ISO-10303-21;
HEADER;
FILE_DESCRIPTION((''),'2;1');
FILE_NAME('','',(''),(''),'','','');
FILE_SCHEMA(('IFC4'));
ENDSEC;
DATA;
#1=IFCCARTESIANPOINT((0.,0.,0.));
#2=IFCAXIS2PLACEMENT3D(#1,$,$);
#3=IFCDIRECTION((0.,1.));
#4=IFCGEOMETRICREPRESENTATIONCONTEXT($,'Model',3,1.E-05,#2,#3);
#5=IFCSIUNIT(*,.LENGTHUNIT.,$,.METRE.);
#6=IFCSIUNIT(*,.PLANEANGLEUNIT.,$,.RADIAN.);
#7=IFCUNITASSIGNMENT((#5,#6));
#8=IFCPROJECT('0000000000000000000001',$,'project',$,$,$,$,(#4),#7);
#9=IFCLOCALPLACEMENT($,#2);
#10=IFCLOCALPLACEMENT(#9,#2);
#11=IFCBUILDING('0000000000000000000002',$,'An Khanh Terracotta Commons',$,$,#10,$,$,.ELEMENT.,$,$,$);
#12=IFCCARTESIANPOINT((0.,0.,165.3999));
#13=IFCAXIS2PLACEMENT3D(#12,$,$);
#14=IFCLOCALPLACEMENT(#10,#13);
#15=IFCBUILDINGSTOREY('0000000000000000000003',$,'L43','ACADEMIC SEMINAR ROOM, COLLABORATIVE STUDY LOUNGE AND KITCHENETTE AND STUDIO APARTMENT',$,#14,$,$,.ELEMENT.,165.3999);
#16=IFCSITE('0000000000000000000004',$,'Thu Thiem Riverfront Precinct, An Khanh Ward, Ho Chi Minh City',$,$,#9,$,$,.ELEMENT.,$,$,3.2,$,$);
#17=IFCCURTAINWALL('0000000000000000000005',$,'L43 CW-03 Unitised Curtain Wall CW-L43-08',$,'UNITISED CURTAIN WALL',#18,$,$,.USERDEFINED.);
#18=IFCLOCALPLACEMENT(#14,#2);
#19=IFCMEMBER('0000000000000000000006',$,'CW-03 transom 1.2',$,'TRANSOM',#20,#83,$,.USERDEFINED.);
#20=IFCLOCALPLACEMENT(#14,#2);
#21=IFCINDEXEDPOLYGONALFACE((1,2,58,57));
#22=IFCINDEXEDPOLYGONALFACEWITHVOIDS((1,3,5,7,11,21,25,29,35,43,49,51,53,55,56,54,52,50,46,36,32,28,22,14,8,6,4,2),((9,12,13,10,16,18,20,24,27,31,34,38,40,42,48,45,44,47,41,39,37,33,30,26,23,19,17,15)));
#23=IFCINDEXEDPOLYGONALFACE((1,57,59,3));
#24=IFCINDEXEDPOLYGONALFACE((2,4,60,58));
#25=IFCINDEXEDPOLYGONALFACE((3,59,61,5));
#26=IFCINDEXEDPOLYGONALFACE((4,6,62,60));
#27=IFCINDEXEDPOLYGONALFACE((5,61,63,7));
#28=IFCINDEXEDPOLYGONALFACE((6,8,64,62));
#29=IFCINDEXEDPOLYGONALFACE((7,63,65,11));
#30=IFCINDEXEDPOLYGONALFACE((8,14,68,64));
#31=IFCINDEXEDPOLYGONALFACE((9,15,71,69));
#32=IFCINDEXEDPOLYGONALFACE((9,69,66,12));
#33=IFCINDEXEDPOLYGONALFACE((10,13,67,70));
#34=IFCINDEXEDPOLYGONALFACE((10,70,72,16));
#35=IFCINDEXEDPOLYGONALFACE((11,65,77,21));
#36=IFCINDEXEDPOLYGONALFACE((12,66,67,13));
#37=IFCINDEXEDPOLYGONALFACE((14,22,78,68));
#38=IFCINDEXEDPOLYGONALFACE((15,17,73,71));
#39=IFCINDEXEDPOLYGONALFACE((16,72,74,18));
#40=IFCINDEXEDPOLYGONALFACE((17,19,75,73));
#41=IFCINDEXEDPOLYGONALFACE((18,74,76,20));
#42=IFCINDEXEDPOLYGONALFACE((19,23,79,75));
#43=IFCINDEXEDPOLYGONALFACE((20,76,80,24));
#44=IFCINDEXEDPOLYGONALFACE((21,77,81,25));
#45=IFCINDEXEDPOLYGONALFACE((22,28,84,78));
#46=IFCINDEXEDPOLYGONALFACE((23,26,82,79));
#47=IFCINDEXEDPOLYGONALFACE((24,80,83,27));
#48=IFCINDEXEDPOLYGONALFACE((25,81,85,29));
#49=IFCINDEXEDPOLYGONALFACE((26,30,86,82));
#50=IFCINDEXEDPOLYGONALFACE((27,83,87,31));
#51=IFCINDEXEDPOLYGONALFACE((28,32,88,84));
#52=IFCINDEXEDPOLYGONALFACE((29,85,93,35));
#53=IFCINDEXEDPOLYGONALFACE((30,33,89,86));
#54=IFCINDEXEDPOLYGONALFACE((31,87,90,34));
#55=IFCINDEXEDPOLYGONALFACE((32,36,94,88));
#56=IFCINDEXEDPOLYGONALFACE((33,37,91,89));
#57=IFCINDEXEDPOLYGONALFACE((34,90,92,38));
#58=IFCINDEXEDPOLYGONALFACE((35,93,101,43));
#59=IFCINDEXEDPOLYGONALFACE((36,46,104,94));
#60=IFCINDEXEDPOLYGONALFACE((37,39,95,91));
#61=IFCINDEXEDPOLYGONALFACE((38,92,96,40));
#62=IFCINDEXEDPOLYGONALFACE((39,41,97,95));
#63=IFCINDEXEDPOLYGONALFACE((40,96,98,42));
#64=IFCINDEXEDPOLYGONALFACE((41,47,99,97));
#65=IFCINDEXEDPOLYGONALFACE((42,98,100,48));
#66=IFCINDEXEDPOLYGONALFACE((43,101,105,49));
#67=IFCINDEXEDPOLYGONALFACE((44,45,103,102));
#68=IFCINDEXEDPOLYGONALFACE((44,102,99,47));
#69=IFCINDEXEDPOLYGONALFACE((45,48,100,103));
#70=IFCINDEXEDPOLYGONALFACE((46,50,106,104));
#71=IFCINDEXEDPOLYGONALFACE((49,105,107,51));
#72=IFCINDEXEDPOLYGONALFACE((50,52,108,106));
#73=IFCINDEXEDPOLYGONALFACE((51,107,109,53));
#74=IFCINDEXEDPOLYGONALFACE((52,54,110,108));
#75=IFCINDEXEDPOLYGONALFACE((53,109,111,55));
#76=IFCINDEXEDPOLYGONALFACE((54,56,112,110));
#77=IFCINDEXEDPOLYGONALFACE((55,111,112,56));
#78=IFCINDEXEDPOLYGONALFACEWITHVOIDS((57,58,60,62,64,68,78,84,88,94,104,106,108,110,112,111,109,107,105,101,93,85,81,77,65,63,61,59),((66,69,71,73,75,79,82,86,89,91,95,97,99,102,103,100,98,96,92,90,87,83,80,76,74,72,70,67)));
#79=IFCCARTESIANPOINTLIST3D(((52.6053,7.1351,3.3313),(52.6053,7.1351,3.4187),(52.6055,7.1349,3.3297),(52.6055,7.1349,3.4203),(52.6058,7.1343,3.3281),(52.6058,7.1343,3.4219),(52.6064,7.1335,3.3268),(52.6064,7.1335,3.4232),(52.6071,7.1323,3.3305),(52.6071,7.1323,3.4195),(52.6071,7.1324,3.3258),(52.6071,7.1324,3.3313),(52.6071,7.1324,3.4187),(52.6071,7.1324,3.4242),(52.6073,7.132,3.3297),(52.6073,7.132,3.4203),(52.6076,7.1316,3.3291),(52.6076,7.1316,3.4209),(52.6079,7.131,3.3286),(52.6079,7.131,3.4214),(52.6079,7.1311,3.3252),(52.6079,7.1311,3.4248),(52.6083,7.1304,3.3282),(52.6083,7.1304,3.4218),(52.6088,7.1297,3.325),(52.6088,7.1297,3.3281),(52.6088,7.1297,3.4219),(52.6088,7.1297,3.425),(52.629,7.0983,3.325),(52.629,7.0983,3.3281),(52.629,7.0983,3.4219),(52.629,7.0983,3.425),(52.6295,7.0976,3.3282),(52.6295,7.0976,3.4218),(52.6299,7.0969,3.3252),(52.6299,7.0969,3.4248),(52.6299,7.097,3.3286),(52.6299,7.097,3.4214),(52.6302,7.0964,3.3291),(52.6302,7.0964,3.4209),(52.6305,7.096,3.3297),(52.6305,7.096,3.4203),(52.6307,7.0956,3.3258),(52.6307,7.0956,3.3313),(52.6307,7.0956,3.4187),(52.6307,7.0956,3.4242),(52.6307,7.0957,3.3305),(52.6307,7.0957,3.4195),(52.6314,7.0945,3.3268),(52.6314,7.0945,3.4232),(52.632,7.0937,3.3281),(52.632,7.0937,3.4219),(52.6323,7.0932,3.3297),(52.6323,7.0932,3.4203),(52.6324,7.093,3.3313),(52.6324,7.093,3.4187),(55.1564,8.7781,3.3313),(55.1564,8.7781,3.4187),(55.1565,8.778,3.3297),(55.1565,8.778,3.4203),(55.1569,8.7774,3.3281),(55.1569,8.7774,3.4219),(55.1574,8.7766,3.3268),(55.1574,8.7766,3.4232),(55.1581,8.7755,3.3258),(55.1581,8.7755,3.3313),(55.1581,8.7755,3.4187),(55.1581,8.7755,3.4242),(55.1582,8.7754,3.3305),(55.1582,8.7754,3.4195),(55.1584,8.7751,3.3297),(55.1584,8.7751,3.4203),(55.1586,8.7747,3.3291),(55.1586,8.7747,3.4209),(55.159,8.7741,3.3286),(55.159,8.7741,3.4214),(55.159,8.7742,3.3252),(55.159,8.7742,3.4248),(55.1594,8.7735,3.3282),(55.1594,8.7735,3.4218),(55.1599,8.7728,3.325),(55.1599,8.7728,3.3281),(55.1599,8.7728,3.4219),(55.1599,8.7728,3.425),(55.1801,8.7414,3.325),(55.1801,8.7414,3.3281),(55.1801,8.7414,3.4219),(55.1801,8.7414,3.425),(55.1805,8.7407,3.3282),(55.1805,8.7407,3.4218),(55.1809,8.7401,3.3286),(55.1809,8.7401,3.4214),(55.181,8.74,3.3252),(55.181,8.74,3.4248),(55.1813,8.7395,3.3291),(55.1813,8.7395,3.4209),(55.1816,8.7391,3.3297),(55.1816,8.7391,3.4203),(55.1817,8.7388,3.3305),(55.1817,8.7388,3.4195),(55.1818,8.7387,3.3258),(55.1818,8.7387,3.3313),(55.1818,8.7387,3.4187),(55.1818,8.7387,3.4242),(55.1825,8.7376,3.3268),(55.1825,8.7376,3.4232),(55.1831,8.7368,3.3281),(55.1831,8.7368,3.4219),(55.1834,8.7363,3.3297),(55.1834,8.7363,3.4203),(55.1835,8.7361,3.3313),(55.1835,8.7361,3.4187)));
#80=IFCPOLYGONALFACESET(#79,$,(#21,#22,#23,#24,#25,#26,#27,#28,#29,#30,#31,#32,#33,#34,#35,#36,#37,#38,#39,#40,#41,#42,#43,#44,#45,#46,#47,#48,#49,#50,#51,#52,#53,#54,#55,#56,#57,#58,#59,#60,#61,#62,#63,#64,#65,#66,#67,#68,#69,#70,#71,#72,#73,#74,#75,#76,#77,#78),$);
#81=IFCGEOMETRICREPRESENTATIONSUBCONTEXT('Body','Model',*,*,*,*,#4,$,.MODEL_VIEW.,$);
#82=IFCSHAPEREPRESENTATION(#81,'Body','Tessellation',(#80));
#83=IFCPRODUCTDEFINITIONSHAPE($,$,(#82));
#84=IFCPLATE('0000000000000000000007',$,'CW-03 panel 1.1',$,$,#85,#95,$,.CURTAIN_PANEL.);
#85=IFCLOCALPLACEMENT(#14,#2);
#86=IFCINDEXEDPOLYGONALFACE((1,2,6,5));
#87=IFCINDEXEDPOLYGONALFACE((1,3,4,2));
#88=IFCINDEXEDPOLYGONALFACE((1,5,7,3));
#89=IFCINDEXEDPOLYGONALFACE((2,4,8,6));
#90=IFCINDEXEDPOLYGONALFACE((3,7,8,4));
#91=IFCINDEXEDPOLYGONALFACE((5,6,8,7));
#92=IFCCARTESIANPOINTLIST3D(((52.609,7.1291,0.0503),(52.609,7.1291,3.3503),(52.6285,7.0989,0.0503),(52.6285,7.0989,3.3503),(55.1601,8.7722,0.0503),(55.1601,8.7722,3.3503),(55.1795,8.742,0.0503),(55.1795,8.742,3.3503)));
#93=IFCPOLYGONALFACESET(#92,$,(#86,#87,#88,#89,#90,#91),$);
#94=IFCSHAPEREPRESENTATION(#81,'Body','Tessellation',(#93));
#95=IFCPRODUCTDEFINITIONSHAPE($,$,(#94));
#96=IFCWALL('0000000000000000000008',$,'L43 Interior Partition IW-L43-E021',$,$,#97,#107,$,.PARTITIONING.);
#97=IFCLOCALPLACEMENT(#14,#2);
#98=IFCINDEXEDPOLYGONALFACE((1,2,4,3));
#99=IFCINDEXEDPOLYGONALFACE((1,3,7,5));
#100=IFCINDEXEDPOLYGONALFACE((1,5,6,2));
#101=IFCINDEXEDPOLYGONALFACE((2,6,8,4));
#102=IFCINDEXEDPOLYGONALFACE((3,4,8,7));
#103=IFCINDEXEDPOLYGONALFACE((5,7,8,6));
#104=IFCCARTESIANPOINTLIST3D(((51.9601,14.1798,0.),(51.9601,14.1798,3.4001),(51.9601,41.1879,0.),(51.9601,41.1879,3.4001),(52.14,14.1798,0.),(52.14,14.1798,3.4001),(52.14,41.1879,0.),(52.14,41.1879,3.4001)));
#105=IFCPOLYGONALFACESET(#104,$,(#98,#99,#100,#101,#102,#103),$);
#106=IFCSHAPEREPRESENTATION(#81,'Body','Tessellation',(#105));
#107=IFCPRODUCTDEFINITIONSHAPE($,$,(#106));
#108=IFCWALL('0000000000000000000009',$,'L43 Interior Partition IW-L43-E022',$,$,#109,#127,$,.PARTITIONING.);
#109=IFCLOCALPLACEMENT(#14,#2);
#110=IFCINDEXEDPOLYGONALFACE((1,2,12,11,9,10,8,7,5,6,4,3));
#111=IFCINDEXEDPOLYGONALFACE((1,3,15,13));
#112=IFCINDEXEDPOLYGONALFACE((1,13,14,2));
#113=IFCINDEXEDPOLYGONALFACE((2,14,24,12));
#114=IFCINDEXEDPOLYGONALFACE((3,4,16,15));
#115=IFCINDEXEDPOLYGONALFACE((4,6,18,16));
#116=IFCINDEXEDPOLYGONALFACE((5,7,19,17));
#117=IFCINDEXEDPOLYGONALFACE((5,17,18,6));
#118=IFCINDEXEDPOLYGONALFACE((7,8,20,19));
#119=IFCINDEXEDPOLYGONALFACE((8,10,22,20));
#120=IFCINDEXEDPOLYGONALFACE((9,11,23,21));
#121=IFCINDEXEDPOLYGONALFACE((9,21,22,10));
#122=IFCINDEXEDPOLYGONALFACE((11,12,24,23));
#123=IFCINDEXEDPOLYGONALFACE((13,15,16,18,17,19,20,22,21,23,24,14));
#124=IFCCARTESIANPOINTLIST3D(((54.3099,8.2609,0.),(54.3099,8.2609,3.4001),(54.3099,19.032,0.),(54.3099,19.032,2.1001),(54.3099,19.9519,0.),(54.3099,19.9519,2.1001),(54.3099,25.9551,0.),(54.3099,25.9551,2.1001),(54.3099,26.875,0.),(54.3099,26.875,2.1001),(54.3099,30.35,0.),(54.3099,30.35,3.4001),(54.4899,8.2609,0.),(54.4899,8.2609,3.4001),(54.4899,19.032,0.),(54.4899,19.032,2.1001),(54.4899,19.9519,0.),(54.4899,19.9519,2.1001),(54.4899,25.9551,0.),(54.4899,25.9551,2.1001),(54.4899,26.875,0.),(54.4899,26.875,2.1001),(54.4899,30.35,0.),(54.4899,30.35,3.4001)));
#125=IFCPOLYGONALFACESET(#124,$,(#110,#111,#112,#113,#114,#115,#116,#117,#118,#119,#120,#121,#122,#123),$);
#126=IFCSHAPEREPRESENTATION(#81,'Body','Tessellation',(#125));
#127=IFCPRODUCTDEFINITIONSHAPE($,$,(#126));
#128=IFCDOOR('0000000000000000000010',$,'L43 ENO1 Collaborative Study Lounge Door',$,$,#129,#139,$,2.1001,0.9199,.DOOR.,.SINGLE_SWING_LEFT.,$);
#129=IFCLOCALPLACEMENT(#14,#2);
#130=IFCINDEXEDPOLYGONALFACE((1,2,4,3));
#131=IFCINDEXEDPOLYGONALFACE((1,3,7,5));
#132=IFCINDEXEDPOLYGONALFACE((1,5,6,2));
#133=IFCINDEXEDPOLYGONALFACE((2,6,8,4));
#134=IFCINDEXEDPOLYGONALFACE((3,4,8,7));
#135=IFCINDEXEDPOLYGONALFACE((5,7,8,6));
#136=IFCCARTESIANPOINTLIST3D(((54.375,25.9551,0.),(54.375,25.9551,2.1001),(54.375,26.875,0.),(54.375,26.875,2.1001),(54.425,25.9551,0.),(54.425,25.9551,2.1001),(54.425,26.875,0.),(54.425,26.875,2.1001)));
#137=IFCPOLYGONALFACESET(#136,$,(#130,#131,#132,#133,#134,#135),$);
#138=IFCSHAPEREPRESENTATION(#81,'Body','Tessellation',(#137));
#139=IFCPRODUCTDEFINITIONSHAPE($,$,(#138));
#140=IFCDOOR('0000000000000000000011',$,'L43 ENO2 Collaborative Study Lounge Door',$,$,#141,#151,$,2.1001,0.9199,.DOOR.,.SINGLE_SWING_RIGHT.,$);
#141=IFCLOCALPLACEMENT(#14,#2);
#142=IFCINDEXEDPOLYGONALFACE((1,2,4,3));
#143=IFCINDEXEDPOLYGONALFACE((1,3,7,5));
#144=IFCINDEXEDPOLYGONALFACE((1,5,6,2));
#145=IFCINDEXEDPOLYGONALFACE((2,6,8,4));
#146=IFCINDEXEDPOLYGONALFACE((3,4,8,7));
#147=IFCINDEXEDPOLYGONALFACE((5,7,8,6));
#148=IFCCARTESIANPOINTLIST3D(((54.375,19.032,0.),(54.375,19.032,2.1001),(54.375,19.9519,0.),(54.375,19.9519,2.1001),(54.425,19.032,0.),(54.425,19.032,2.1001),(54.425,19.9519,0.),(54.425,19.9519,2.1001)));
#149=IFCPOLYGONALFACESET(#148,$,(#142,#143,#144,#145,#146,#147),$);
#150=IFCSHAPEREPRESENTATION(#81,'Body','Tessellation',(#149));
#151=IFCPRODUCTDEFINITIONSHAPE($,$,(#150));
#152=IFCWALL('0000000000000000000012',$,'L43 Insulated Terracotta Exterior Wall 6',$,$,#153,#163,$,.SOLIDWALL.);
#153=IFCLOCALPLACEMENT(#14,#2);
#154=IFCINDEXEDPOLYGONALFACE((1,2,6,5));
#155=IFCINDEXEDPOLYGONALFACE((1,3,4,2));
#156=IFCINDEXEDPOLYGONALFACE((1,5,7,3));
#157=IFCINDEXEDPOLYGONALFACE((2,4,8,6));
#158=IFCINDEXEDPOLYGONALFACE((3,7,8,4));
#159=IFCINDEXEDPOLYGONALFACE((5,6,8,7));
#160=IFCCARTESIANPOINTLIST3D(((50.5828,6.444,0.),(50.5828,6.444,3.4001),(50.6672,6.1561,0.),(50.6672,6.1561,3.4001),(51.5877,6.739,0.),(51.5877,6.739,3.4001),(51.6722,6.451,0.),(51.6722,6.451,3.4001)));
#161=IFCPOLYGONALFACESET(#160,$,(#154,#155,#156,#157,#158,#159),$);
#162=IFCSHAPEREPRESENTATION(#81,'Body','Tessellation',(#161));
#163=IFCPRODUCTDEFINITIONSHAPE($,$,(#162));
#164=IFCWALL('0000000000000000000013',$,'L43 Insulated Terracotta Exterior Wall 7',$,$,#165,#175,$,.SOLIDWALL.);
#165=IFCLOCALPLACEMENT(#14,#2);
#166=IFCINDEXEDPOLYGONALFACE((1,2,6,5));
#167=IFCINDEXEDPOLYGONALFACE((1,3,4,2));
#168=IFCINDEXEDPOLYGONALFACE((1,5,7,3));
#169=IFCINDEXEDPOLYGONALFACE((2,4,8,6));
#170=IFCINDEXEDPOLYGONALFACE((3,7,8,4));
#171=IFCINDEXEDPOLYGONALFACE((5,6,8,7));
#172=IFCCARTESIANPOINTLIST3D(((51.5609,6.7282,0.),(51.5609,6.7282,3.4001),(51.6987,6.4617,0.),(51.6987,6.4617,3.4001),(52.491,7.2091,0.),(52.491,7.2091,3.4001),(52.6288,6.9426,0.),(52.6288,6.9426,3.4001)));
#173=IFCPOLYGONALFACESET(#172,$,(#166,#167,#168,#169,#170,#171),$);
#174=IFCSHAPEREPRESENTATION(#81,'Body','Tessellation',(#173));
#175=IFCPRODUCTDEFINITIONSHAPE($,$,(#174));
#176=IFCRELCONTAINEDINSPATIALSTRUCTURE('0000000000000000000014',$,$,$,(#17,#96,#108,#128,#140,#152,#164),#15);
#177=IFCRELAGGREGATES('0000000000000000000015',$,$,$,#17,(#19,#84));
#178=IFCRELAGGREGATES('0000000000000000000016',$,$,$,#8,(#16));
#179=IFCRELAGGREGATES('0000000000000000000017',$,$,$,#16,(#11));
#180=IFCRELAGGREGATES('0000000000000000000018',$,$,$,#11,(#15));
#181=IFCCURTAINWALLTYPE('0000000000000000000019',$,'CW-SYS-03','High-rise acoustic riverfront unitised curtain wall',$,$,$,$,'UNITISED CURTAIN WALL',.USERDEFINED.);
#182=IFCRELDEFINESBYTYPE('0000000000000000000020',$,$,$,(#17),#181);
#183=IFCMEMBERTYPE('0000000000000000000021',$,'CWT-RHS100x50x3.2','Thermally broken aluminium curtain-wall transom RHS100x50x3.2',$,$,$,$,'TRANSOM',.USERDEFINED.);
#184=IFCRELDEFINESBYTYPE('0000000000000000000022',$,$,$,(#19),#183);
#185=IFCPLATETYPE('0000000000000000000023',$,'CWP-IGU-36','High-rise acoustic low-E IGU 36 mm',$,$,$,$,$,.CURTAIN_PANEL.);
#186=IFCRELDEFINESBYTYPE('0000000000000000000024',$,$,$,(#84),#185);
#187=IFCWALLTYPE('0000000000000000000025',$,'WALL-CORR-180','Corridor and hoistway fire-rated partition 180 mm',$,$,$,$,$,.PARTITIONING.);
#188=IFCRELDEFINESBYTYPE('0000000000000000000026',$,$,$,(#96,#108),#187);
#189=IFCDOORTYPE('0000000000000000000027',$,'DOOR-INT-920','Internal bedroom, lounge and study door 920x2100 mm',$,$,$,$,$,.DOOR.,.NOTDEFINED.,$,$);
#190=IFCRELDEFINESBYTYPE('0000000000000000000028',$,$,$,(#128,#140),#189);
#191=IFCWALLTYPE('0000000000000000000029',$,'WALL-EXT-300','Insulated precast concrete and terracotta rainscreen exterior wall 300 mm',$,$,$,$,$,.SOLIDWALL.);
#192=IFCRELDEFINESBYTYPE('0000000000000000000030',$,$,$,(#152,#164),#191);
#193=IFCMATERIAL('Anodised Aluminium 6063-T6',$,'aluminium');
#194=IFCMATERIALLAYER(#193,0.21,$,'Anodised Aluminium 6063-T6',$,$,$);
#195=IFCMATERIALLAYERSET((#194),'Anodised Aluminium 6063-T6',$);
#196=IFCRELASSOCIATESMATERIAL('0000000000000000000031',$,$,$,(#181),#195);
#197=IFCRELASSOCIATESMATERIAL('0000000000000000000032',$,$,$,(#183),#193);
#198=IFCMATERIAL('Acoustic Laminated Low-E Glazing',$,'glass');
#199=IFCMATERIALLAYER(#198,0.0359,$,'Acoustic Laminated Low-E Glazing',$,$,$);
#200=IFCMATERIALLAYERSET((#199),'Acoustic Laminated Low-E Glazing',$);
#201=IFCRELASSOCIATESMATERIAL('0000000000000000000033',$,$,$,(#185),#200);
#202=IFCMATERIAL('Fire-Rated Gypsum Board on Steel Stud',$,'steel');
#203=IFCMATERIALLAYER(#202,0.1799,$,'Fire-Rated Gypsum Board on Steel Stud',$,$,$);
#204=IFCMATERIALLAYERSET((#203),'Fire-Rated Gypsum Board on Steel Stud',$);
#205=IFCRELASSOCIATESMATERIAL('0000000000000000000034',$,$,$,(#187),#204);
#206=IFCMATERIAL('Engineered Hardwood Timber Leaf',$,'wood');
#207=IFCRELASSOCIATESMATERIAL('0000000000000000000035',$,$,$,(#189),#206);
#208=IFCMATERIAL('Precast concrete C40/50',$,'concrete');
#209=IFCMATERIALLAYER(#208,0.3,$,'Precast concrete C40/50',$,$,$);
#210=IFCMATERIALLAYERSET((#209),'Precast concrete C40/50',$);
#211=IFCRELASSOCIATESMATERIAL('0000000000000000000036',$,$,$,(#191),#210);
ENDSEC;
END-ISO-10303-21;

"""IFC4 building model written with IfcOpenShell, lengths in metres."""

from ifc_helpers import new_model, si_unit, direction, frame, frame_2d, origin, origin_2d, place, context, subcontext, project, spatial, rectangle, hollow_rectangle, extrude, material, layer, layer_set, material_profile, profile_set, type_object, element, fill, aggregate, save


model = new_model("IFC4")

# Units and contexts
model_context = context("Model", 3, precision=1e-05, world=origin(), true_north=direction((0.0, 1.0)))
body_context = subcontext(model_context, "Body", "Model", "MODEL_VIEW")
ifc_project = project(units=[si_unit("LENGTHUNIT", "METRE"), si_unit("PLANEANGLEUNIT", "RADIAN")], contexts=[model_context])

# Site, building, storey
site_placement = place(None, origin())
site = spatial("IfcSite", under=ifc_project, at=site_placement, Name="Thu Thiem Riverfront Precinct, An Khanh Ward, Ho Chi Minh City", CompositionType="ELEMENT", RefElevation=3.2)
building_placement = place(site_placement, origin())
building = spatial("IfcBuilding", under=site, at=building_placement, Name="An Khanh Terracotta Commons", CompositionType="ELEMENT")
storey_placement = place(building_placement, frame((0.0, 0.0, 165.3999)))
storey = spatial("IfcBuildingStorey", under=building, at=storey_placement, Name="L43", Description="ACADEMIC SEMINAR ROOM, COLLABORATIVE STUDY LOUNGE AND KITCHENETTE AND STUDIO APARTMENT", CompositionType="ELEMENT", Elevation=165.3999)

# Curtain wall, member, plate
ifc_material_1 = material(Name="Anodised Aluminium 6063-T6", Category="aluminium")
ifc_layer_1 = layer(ifc_material_1, 0.21, Name="Anodised Aluminium 6063-T6")
ifc_layer_set_1 = layer_set([ifc_layer_1], Name="Anodised Aluminium 6063-T6")
curtain_wall_type = type_object("IfcCurtainWallType", Name="CW-SYS-03", Description="High-rise acoustic riverfront unitised curtain wall", ElementType="UNITISED CURTAIN WALL", PredefinedType="USERDEFINED", material=ifc_layer_set_1)
curtain_wall_placement = place(storey_placement, origin())
curtain_wall = element("IfcCurtainWall", 1, at=curtain_wall_placement, inside=storey, type_object=curtain_wall_type, Name="L43 CW-03 Unitised Curtain Wall CW-L43-08", ObjectType="UNITISED CURTAIN WALL", PredefinedType="USERDEFINED")
ifc_material_profile_1 = material_profile(ifc_material_1, hollow_rectangle(XDim=0.05, YDim=0.1001, WallThickness=0.0032, InnerFilletRadius=0.0032, OuterFilletRadius=0.0063, at=origin_2d()), Name="RHS100x50x3.2")
ifc_profile_set_1 = profile_set([ifc_material_profile_1], Name="Anodised Aluminium 6063-T6")
member_type_1 = type_object("IfcMemberType", Name="CWT-RHS100x50x3.2", Description="Thermally broken aluminium curtain-wall transom RHS100x50x3.2", ElementType="TRANSOM", PredefinedType="USERDEFINED", material=ifc_profile_set_1)
member_1_placement = place(storey_placement, frame((52.6189, 7.114, 3.375), z_axis=(0.84071, 0.541485, 0.0), x_axis=(-0.541485, 0.84071, 0.0)))
member_1 = element("IfcMember", 2, at=member_1_placement, type_object=member_type_1, Name="CW-03 transom 1.2", ObjectType="TRANSOM", PredefinedType="USERDEFINED", context=body_context, shape_type="SweptSolid", body=[
    extrude(hollow_rectangle(XDim=0.05, YDim=0.1001, WallThickness=0.0032, InnerFilletRadius=0.0032, OuterFilletRadius=0.0063, at=origin_2d()), origin(), (0.0, 0.0, 1.0), 3.0344),
])
ifc_material_2 = material(Name="Acoustic Laminated Low-E Glazing", Category="glass")
ifc_layer_2 = layer(ifc_material_2, 0.0359, Name="Acoustic Laminated Low-E Glazing")
ifc_layer_set_2 = layer_set([ifc_layer_2], Name="Acoustic Laminated Low-E Glazing")
plate_type = type_object("IfcPlateType", Name="CWP-IGU-36", Description="High-rise acoustic low-E IGU 36 mm", PredefinedType="CURTAIN_PANEL", material=ifc_layer_set_2)
plate_placement = place(storey_placement, frame((53.8943, 7.9355, 0.0503), z_axis=(0.0, 0.0, 1.0), x_axis=(0.840702, 0.541498, 0.0)))
plate = element("IfcPlate", 3, at=plate_placement, type_object=plate_type, Name="CW-03 panel 1.1", PredefinedType="CURTAIN_PANEL", context=body_context, shape_type="SweptSolid", body=[
    extrude(rectangle(XDim=3.0344, YDim=0.0359, at=origin_2d()), origin(), (0.0, 0.0, 1.0), 3.3),
])
aggregate(curtain_wall, [member_1, plate])

# Wall
ifc_material_3 = material(Name="Fire-Rated Gypsum Board on Steel Stud", Category="steel")
ifc_layer_3 = layer(ifc_material_3, 0.1799, Name="Fire-Rated Gypsum Board on Steel Stud")
ifc_layer_set_3 = layer_set([ifc_layer_3], Name="Fire-Rated Gypsum Board on Steel Stud")
wall_type_1 = type_object("IfcWallType", Name="WALL-CORR-180", Description="Corridor and hoistway fire-rated partition 180 mm", PredefinedType="PARTITIONING", material=ifc_layer_set_3)
wall_1_placement = place(storey_placement, frame((52.05, 14.1799, 0.0), z_axis=(0.0, 0.0, 1.0), x_axis=(0.0, 1.0, 0.0)))
element("IfcWall", 4, at=wall_1_placement, inside=storey, type_object=wall_type_1, Name="L43 Interior Partition IW-L43-E021", PredefinedType="PARTITIONING", context=body_context, shape_type="SweptSolid", body=[
    extrude(rectangle(XDim=27.0081, YDim=0.1799, at=frame_2d((13.5039, 0.0))), origin(), (0.0, 0.0, 1.0), 3.4001),
])

# Wall, openings, doors
wall_2_placement = place(storey_placement, frame((54.3999, 8.261, 0.0), z_axis=(0.0, 0.0, 1.0), x_axis=(0.0, 1.0, 0.0)))
wall_2 = element("IfcWall", 5, at=wall_2_placement, inside=storey, type_object=wall_type_1, Name="L43 Interior Partition IW-L43-E022", PredefinedType="PARTITIONING", context=body_context, shape_type="SweptSolid", body=[
    extrude(rectangle(XDim=22.0891, YDim=0.1799, at=frame_2d((11.0444, 0.0))), origin(), (0.0, 0.0, 1.0), 3.4001),
])
opening_1_placement = place(wall_2_placement, frame((17.6941, 0.0, 0.0)))
opening_1 = element("IfcOpeningElement", 6, at=opening_1_placement, cuts=wall_2, PredefinedType="OPENING", context=body_context, shape_type="SweptSolid", body=[
    extrude(rectangle(XDim=0.9199, YDim=2.1001, at=frame_2d((0.46, 1.05))), frame((0.0, 0.0999, 0.0), z_axis=(0.0, -1.0, 0.0), x_axis=(1.0, 0.0, 0.0)), (0.0, 0.0, 1.0), 0.2),
])
opening_2_placement = place(wall_2_placement, frame((10.771, 0.0, 0.0)))
opening_2 = element("IfcOpeningElement", 7, at=opening_2_placement, cuts=wall_2, PredefinedType="OPENING", context=body_context, shape_type="SweptSolid", body=[
    extrude(rectangle(XDim=0.9199, YDim=2.1001, at=frame_2d((0.46, 1.05))), frame((0.0, 0.0999, 0.0), z_axis=(0.0, -1.0, 0.0), x_axis=(1.0, 0.0, 0.0)), (0.0, 0.0, 1.0), 0.2),
])
ifc_material_4 = material(Name="Engineered Hardwood Timber Leaf", Category="wood")
door_type = type_object("IfcDoorType", Name="DOOR-INT-920", Description="Internal bedroom, lounge and study door 920x2100 mm", OperationType="NOTDEFINED", PredefinedType="DOOR", material=ifc_material_4)
door_1_placement = place(opening_1_placement, origin())
door_1 = element("IfcDoor", 8, at=door_1_placement, inside=storey, type_object=door_type, Name="L43 ENO1 Collaborative Study Lounge Door", OperationType="SINGLE_SWING_LEFT", OverallHeight=2.1001, OverallWidth=0.9199, PredefinedType="DOOR", context=body_context, shape_type="SweptSolid", body=[
    extrude(rectangle(XDim=0.9199, YDim=2.1001, at=frame_2d((0.46, 1.05))), frame((0.0, 0.0249, 0.0), z_axis=(0.0, -1.0, 0.0), x_axis=(1.0, 0.0, 0.0)), (0.0, 0.0, 1.0), 0.05),
])
fill(opening_1, door_1)
door_2_placement = place(opening_2_placement, origin())
door_2 = element("IfcDoor", 9, at=door_2_placement, inside=storey, type_object=door_type, Name="L43 ENO2 Collaborative Study Lounge Door", OperationType="SINGLE_SWING_RIGHT", OverallHeight=2.1001, OverallWidth=0.9199, PredefinedType="DOOR", context=body_context, shape_type="SweptSolid", body=[
    extrude(rectangle(XDim=0.9199, YDim=2.1001, at=frame_2d((0.46, 1.05))), frame((0.0, 0.0249, 0.0), z_axis=(0.0, -1.0, 0.0), x_axis=(1.0, 0.0, 0.0)), (0.0, 0.0, 1.0), 0.05),
])
fill(opening_2, door_2)

# Walls
ifc_material_5 = material(Name="Precast concrete C40/50", Category="concrete")
ifc_layer_4 = layer(ifc_material_5, 0.3, Name="Precast concrete C40/50")
ifc_layer_set_4 = layer_set([ifc_layer_4], Name="Precast concrete C40/50")
wall_type_2 = type_object("IfcWallType", Name="WALL-EXT-300", Description="Insulated precast concrete and terracotta rainscreen exterior wall 300 mm", PredefinedType="SOLIDWALL", material=ifc_layer_set_4)
wall_3_placement = place(storey_placement, frame((50.625, 6.3, 0.0), z_axis=(0.0, 0.0, 1.0), x_axis=(0.959529, 0.281611, 0.0)))
element("IfcWall", 10, at=wall_3_placement, inside=storey, type_object=wall_type_2, Name="L43 Insulated Terracotta Exterior Wall 6", PredefinedType="SOLIDWALL", context=body_context, shape_type="SweptSolid", body=[
    extrude(rectangle(XDim=1.0474, YDim=0.3, at=frame_2d((0.5237, 0.0))), origin(), (0.0, 0.0, 1.0), 3.4001),
])
wall_4_placement = place(storey_placement, frame((51.6299, 6.595, 0.0), z_axis=(0.0, 0.0, 1.0), x_axis=(0.888283, 0.459296, 0.0)))
element("IfcWall", 11, at=wall_4_placement, inside=storey, type_object=wall_type_2, Name="L43 Insulated Terracotta Exterior Wall 7", PredefinedType="SOLIDWALL", context=body_context, shape_type="SweptSolid", body=[
    extrude(rectangle(XDim=1.0471, YDim=0.3, at=frame_2d((0.5234, 0.0))), origin(), (0.0, 0.0, 1.0), 3.4001),
])

save(model, "model.ifc")
